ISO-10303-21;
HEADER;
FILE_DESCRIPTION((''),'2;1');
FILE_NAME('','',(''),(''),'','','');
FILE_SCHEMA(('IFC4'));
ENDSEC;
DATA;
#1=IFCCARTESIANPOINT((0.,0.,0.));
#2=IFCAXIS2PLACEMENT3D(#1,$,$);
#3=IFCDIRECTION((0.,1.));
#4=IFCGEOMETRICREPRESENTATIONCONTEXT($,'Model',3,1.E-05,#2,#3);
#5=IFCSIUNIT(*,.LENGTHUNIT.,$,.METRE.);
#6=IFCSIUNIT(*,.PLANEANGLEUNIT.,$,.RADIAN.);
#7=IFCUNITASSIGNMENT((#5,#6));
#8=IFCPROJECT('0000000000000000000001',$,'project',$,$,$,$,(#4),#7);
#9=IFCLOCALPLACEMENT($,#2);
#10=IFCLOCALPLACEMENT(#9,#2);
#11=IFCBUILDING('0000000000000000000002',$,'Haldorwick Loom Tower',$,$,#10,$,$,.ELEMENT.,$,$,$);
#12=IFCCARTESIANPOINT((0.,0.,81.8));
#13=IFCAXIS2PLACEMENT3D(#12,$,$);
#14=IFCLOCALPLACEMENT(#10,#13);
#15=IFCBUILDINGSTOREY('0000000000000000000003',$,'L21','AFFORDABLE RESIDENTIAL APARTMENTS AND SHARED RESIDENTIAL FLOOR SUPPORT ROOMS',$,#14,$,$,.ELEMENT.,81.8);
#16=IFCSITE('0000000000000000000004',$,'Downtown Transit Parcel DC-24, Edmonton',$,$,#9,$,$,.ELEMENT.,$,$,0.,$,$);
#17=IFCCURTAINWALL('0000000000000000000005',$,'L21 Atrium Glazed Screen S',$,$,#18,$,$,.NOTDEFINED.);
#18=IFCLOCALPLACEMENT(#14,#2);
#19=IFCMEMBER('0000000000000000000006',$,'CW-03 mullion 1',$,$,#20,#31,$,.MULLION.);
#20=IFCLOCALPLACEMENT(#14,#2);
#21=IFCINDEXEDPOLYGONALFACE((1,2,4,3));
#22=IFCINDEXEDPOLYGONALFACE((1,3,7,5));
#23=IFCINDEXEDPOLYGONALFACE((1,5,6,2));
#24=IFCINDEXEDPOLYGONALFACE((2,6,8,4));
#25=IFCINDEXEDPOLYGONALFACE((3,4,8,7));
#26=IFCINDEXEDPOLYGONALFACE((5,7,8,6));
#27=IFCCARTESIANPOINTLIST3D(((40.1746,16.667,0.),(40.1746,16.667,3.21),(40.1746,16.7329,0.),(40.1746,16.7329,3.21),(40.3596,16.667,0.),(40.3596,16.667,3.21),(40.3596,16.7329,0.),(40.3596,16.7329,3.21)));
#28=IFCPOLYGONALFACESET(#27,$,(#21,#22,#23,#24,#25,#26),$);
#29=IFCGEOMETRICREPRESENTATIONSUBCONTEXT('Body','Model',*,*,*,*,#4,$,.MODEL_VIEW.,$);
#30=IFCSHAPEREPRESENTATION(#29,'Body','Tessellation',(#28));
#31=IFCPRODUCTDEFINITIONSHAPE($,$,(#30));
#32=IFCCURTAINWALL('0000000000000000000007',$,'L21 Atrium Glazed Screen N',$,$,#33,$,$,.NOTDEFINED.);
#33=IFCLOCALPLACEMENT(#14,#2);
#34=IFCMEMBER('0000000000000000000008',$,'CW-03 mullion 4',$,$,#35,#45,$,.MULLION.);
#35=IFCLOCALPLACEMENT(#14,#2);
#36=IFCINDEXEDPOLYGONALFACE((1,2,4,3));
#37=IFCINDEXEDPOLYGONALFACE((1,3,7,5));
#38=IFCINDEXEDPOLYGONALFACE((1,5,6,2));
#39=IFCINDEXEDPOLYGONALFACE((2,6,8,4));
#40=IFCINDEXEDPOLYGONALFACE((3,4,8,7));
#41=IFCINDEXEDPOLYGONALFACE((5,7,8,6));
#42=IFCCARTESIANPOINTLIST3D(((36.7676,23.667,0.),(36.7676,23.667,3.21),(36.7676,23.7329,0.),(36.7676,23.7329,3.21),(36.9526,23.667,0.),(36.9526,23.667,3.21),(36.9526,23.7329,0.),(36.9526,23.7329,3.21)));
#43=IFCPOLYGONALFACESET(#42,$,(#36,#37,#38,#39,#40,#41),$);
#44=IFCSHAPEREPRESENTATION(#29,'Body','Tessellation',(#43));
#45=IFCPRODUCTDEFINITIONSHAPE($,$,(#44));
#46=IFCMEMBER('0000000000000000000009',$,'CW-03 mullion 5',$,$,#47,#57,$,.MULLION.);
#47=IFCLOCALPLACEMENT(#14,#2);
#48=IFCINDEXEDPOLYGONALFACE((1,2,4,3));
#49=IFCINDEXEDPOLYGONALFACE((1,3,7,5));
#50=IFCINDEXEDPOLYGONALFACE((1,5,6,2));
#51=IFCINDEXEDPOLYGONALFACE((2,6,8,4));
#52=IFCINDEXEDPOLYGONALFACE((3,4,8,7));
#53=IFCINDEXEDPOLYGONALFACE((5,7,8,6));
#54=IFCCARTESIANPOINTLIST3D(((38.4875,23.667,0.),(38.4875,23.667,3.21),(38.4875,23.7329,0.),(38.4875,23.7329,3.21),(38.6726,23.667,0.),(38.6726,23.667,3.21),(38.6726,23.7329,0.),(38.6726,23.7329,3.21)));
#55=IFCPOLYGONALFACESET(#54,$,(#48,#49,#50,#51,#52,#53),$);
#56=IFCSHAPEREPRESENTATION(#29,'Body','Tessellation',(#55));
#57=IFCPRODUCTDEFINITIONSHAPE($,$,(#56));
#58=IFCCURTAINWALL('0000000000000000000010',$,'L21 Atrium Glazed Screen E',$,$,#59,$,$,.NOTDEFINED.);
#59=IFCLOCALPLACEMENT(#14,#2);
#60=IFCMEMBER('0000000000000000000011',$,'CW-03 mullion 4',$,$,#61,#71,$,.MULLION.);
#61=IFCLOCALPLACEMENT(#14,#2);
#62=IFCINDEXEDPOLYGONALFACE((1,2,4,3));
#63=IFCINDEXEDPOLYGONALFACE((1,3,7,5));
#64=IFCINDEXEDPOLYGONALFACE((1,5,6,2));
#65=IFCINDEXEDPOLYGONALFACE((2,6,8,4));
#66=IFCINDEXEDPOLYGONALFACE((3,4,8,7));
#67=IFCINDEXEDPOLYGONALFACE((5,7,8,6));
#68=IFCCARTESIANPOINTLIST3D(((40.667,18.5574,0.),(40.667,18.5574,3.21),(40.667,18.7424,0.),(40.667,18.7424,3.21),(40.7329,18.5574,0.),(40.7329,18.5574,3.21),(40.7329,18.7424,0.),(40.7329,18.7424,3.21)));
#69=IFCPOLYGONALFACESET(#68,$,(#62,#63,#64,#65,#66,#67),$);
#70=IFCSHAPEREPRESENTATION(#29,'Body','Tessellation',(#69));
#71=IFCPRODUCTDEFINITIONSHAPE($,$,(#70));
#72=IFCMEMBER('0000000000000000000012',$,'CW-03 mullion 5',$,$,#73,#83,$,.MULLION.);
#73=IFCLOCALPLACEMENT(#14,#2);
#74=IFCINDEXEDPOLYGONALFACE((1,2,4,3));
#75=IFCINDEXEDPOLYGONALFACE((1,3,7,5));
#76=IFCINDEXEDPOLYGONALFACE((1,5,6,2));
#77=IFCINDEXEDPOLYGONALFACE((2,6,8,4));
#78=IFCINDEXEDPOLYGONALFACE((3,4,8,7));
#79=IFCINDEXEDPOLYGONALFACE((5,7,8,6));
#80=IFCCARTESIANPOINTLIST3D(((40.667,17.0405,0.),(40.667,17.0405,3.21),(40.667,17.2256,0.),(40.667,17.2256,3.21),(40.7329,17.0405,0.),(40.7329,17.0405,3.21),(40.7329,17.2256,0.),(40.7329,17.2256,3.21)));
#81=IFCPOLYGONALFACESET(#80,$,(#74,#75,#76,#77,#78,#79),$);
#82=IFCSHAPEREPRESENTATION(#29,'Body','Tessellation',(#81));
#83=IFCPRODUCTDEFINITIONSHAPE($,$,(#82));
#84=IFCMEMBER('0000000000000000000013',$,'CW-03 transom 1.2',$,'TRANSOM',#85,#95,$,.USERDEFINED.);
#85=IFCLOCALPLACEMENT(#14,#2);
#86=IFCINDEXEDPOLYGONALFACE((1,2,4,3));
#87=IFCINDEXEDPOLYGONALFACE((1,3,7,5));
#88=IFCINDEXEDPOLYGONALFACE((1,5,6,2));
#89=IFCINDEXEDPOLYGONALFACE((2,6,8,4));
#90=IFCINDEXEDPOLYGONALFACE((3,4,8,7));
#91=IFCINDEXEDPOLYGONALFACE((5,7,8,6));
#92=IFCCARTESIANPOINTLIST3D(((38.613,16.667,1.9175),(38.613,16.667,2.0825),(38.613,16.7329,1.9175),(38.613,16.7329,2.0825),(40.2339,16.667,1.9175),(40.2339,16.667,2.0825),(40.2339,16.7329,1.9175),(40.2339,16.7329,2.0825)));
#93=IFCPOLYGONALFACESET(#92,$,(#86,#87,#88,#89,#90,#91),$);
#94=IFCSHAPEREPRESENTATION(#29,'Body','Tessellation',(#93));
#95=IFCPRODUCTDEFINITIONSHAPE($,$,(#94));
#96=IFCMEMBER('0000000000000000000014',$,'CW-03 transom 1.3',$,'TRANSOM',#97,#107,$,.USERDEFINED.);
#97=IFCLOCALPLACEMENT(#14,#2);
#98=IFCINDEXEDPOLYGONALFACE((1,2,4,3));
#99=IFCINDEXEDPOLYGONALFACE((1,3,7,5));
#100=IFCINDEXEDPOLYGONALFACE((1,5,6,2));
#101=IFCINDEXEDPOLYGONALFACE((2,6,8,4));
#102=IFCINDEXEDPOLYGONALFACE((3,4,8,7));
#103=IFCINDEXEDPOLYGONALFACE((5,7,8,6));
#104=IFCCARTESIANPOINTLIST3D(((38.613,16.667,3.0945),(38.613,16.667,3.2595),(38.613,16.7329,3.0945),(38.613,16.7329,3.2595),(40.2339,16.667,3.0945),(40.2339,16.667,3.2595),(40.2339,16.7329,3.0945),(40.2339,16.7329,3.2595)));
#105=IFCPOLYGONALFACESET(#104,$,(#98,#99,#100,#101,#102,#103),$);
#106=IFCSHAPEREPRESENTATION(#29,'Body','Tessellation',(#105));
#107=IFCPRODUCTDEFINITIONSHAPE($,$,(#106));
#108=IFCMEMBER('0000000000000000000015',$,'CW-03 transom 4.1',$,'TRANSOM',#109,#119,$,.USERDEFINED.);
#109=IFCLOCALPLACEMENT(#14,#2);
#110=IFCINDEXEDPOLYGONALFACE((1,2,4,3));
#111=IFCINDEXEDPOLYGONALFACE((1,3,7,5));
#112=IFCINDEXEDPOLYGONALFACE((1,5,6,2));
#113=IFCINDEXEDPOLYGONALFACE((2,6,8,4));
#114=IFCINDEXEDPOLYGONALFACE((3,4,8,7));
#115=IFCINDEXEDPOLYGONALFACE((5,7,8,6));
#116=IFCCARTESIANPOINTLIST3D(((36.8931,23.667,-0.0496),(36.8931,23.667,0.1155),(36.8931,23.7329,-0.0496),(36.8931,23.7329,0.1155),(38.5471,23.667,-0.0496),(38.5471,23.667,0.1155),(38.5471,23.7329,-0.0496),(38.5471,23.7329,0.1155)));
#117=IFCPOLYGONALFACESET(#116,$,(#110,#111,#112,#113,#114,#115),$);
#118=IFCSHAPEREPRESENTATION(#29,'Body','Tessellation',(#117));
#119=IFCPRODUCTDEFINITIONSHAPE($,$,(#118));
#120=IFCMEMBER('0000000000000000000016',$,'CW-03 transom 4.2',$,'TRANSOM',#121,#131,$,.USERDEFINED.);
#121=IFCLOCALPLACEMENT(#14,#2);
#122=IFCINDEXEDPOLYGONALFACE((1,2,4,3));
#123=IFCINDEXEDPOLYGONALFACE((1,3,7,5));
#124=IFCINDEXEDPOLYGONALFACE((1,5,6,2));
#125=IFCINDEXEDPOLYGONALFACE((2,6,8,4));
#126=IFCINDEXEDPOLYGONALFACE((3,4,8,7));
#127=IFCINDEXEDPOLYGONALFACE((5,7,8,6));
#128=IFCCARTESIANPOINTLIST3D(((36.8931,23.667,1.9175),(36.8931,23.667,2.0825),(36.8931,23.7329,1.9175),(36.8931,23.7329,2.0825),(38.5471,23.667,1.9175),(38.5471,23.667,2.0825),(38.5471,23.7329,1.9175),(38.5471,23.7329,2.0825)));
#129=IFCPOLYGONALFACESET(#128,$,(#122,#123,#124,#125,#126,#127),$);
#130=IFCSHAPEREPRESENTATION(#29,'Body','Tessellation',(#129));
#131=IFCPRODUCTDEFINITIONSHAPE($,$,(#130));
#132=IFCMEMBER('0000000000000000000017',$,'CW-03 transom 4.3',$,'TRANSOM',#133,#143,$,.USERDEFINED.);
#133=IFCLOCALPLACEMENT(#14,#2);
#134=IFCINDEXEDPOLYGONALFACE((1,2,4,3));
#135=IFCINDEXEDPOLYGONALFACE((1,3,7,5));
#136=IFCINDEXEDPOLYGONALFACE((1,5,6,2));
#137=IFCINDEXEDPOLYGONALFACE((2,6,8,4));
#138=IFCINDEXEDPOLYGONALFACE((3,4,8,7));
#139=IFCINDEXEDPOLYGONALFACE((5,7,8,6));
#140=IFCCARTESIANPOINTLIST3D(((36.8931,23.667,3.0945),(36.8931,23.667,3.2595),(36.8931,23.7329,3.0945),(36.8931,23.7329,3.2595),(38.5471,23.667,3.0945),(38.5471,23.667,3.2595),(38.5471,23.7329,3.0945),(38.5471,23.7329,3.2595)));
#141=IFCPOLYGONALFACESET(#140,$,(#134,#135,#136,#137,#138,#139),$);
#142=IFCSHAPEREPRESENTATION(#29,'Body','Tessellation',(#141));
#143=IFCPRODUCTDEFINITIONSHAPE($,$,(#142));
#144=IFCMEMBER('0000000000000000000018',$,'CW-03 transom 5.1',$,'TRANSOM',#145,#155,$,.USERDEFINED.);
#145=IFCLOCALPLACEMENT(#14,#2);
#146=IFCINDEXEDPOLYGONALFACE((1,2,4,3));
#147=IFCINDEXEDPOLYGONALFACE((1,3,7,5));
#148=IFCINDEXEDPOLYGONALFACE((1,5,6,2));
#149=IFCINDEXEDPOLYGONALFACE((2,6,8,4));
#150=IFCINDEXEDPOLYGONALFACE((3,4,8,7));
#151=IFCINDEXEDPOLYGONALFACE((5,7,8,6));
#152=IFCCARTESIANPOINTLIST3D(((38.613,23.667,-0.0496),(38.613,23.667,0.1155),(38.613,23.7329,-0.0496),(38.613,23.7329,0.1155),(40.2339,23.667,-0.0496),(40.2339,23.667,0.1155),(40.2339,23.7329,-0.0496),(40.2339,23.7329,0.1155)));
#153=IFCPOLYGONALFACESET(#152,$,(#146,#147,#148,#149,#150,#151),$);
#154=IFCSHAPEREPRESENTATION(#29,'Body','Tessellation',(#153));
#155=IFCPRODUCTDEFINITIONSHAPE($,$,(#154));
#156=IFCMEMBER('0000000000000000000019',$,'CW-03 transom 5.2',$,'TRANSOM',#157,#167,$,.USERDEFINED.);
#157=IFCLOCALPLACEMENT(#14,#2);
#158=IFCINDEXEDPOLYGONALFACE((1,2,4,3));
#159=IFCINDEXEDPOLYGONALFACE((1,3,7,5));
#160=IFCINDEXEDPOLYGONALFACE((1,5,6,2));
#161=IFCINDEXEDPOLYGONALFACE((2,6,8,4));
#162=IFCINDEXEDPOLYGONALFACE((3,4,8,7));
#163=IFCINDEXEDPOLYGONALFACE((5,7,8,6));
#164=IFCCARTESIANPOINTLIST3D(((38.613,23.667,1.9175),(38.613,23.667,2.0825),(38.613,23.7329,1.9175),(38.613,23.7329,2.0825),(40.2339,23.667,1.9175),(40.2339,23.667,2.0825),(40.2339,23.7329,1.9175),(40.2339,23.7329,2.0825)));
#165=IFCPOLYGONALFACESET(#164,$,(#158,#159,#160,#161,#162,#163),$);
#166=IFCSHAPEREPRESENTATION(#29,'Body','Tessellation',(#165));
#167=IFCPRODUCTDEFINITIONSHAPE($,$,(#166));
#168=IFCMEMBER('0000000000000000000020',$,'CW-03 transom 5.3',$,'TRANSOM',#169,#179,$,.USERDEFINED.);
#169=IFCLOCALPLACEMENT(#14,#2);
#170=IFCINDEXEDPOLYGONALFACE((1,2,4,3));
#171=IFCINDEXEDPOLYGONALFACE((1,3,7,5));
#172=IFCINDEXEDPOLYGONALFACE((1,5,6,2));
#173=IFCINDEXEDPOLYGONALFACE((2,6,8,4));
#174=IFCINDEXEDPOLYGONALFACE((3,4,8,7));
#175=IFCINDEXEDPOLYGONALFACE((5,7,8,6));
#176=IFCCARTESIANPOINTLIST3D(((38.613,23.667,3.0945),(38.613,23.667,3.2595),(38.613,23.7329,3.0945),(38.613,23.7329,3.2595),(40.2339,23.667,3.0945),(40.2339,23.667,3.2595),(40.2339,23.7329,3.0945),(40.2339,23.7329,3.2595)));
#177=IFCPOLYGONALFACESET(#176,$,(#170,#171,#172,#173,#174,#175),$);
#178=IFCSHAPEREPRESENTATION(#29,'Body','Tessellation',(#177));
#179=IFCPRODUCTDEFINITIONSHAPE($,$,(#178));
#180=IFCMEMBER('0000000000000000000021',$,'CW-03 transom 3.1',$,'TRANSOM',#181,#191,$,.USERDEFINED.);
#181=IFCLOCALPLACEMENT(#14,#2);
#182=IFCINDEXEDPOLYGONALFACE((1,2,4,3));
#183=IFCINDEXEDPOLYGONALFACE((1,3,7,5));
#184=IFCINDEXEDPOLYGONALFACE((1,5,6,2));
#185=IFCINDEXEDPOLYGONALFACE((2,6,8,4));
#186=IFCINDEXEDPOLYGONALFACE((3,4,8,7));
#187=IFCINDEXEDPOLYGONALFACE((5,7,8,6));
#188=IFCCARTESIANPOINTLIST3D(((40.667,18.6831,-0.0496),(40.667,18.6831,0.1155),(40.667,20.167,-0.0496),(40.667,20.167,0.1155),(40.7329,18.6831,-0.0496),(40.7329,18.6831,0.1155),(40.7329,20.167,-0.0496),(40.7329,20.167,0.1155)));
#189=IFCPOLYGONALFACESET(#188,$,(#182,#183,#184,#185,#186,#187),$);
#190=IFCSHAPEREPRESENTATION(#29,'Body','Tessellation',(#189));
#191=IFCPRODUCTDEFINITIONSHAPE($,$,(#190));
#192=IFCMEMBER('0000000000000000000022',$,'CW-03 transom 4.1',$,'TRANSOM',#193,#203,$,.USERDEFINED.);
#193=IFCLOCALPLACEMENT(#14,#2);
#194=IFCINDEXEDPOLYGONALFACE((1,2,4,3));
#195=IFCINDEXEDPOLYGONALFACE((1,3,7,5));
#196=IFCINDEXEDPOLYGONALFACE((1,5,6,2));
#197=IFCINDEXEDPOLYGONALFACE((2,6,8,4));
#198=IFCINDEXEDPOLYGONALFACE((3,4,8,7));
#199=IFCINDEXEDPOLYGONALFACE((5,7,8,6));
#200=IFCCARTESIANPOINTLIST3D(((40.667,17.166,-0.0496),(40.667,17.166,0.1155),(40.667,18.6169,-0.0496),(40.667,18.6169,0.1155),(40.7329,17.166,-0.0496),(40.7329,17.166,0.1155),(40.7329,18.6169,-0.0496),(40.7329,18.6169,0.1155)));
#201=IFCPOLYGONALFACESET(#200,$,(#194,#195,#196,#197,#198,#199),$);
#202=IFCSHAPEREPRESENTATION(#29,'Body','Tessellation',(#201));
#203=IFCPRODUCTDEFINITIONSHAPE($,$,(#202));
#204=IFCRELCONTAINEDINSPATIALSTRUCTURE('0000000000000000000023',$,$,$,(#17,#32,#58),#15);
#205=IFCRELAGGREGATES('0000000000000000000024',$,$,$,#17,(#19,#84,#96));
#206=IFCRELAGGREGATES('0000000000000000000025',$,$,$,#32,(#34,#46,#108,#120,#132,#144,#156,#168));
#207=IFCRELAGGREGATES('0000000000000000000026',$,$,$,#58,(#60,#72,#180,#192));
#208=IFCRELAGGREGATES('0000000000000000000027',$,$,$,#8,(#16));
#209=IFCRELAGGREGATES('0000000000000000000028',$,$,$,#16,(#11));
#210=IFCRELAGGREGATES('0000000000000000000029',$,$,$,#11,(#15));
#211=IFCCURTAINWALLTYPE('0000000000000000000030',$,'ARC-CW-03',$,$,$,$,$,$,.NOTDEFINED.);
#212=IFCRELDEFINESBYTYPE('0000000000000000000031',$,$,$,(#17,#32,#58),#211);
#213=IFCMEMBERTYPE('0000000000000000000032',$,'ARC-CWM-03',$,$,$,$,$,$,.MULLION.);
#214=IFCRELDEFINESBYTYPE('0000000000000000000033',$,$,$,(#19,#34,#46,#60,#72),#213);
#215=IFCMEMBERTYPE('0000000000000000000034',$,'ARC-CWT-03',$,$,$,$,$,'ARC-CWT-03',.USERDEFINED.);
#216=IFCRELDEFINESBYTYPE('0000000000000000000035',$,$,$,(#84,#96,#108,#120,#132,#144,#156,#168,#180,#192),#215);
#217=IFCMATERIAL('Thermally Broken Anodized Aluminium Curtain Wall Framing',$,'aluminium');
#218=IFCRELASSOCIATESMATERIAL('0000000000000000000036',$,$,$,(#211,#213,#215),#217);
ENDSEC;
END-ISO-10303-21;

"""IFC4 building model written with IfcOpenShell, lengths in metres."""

from ifc_helpers import new_model, si_unit, direction, frame, origin, origin_2d, place, context, subcontext, project, spatial, rectangle, extrude, material, material_profile, profile_set, type_object, element, aggregate, save


model = new_model("IFC4")

# Units and contexts
model_context = context("Model", 3, precision=1e-05, world=origin(), true_north=direction((0.0, 1.0)))
body_context = subcontext(model_context, "Body", "Model", "MODEL_VIEW")
ifc_project = project(units=[si_unit("LENGTHUNIT", "METRE"), si_unit("PLANEANGLEUNIT", "RADIAN")], contexts=[model_context])

# Site, building, storey
site_placement = place(None, origin())
site = spatial("IfcSite", under=ifc_project, at=site_placement, Name="Downtown Transit Parcel DC-24, Edmonton", CompositionType="ELEMENT", RefElevation=0.0)
building_placement = place(site_placement, origin())
building = spatial("IfcBuilding", under=site, at=building_placement, Name="Haldorwick Loom Tower", CompositionType="ELEMENT")
storey_placement = place(building_placement, frame((0.0, 0.0, 81.8)))
storey = spatial("IfcBuildingStorey", under=building, at=storey_placement, Name="L21", Description="AFFORDABLE RESIDENTIAL APARTMENTS AND SHARED RESIDENTIAL FLOOR SUPPORT ROOMS", CompositionType="ELEMENT", Elevation=81.8)

# Curtain wall, member
ifc_material_1 = material(Name="Thermally Broken Anodized Aluminium Curtain Wall Framing", Category="aluminium")
curtain_wall_type = type_object("IfcCurtainWallType", Name="ARC-CW-03", PredefinedType="NOTDEFINED", material=ifc_material_1)
curtain_wall_1_placement = place(storey_placement, origin())
curtain_wall_1 = element("IfcCurtainWall", 1, at=curtain_wall_1_placement, inside=storey, type_object=curtain_wall_type, Name="L21 Atrium Glazed Screen S", PredefinedType="NOTDEFINED")
ifc_material_profile_1 = material_profile(ifc_material_1, rectangle(XDim=0.0659, YDim=0.1851, at=origin_2d()), Name="ALU_MUL_66X185", Category="aluminium")
ifc_profile_set_1 = profile_set([ifc_material_profile_1], Name="Thermally Broken Anodized Aluminium Curtain Wall Framing")
member_type_1 = type_object("IfcMemberType", Name="ARC-CWM-03", PredefinedType="MULLION", material=ifc_profile_set_1)
member_1_placement = place(storey_placement, frame((40.2671, 16.7, 0.0), z_axis=(0.0, 0.0, 1.0), x_axis=(0.0, -1.0, 0.0)))
member_1 = element("IfcMember", 2, at=member_1_placement, type_object=member_type_1, Name="CW-03 mullion 1", PredefinedType="MULLION", context=body_context, shape_type="SweptSolid", body=[
    extrude(rectangle(XDim=0.0659, YDim=0.1851, at=origin_2d()), origin(), (0.0, 0.0, 1.0), 3.21),
])

# Curtain walls, members
curtain_wall_2_placement = place(storey_placement, origin())
curtain_wall_2 = element("IfcCurtainWall", 3, at=curtain_wall_2_placement, inside=storey, type_object=curtain_wall_type, Name="L21 Atrium Glazed Screen N", PredefinedType="NOTDEFINED")
member_2_placement = place(storey_placement, frame((36.8601, 23.7, 0.0), z_axis=(0.0, 0.0, 1.0), x_axis=(0.0, 1.0, 0.0)))
member_2 = element("IfcMember", 4, at=member_2_placement, type_object=member_type_1, Name="CW-03 mullion 4", PredefinedType="MULLION", context=body_context, shape_type="SweptSolid", body=[
    extrude(rectangle(XDim=0.0659, YDim=0.1851, at=origin_2d()), origin(), (0.0, 0.0, 1.0), 3.21),
])
member_3_placement = place(storey_placement, frame((38.5801, 23.7, 0.0), z_axis=(0.0, 0.0, 1.0), x_axis=(0.0, 1.0, 0.0)))
member_3 = element("IfcMember", 5, at=member_3_placement, type_object=member_type_1, Name="CW-03 mullion 5", PredefinedType="MULLION", context=body_context, shape_type="SweptSolid", body=[
    extrude(rectangle(XDim=0.0659, YDim=0.1851, at=origin_2d()), origin(), (0.0, 0.0, 1.0), 3.21),
])
curtain_wall_3_placement = place(storey_placement, origin())
curtain_wall_3 = element("IfcCurtainWall", 6, at=curtain_wall_3_placement, inside=storey, type_object=curtain_wall_type, Name="L21 Atrium Glazed Screen E", PredefinedType="NOTDEFINED")
member_4_placement = place(storey_placement, frame((40.7, 18.6499, 0.0), z_axis=(0.0, 0.0, 1.0), x_axis=(1.0, 0.0, 0.0)))
member_4 = element("IfcMember", 7, at=member_4_placement, type_object=member_type_1, Name="CW-03 mullion 4", PredefinedType="MULLION", context=body_context, shape_type="SweptSolid", body=[
    extrude(rectangle(XDim=0.0659, YDim=0.1851, at=origin_2d()), origin(), (0.0, 0.0, 1.0), 3.21),
])
member_5_placement = place(storey_placement, frame((40.7, 17.1331, 0.0), z_axis=(0.0, 0.0, 1.0), x_axis=(1.0, 0.0, 0.0)))
member_5 = element("IfcMember", 8, at=member_5_placement, type_object=member_type_1, Name="CW-03 mullion 5", PredefinedType="MULLION", context=body_context, shape_type="SweptSolid", body=[
    extrude(rectangle(XDim=0.0659, YDim=0.1851, at=origin_2d()), origin(), (0.0, 0.0, 1.0), 3.21),
])

# Members
ifc_material_profile_2 = material_profile(ifc_material_1, rectangle(XDim=0.0659, YDim=0.165, at=origin_2d()), Name="ALU_TRN_66X165", Category="aluminium")
ifc_profile_set_2 = profile_set([ifc_material_profile_2], Name="Thermally Broken Anodized Aluminium Curtain Wall Framing")
member_type_2 = type_object("IfcMemberType", Name="ARC-CWT-03", ElementType="ARC-CWT-03", PredefinedType="USERDEFINED", material=ifc_profile_set_2)
member_6_placement = place(storey_placement, frame((40.2339, 16.7, 2.0), z_axis=(-1.0, 0.0, 0.0), x_axis=(0.0, -1.0, 0.0)))
member_6 = element("IfcMember", 9, at=member_6_placement, type_object=member_type_2, Name="CW-03 transom 1.2", ObjectType="TRANSOM", PredefinedType="USERDEFINED", context=body_context, shape_type="SweptSolid", body=[
    extrude(rectangle(XDim=0.0659, YDim=0.165, at=origin_2d()), origin(), (0.0, 0.0, 1.0), 1.6208),
])
member_7_placement = place(storey_placement, frame((40.2339, 16.7, 3.177), z_axis=(-1.0, 0.0, 0.0), x_axis=(0.0, -1.0, 0.0)))
member_7 = element("IfcMember", 10, at=member_7_placement, type_object=member_type_2, Name="CW-03 transom 1.3", ObjectType="TRANSOM", PredefinedType="USERDEFINED", context=body_context, shape_type="SweptSolid", body=[
    extrude(rectangle(XDim=0.0659, YDim=0.165, at=origin_2d()), origin(), (0.0, 0.0, 1.0), 1.6208),
])
aggregate(curtain_wall_1, [member_1, member_6, member_7])
member_8_placement = place(storey_placement, frame((36.8931, 23.7, 0.033), z_axis=(1.0, 0.0, 0.0), x_axis=(0.0, 1.0, 0.0)))
member_8 = element("IfcMember", 11, at=member_8_placement, type_object=member_type_2, Name="CW-03 transom 4.1", ObjectType="TRANSOM", PredefinedType="USERDEFINED", context=body_context, shape_type="SweptSolid", body=[
    extrude(rectangle(XDim=0.0659, YDim=0.165, at=origin_2d()), origin(), (0.0, 0.0, 1.0), 1.6541),
])
member_9_placement = place(storey_placement, frame((36.8931, 23.7, 2.0), z_axis=(1.0, 0.0, 0.0), x_axis=(0.0, 1.0, 0.0)))
member_9 = element("IfcMember", 12, at=member_9_placement, type_object=member_type_2, Name="CW-03 transom 4.2", ObjectType="TRANSOM", PredefinedType="USERDEFINED", context=body_context, shape_type="SweptSolid", body=[
    extrude(rectangle(XDim=0.0659, YDim=0.165, at=origin_2d()), origin(), (0.0, 0.0, 1.0), 1.6541),
])
member_10_placement = place(storey_placement, frame((36.8931, 23.7, 3.177), z_axis=(1.0, 0.0, 0.0), x_axis=(0.0, 1.0, 0.0)))
member_10 = element("IfcMember", 13, at=member_10_placement, type_object=member_type_2, Name="CW-03 transom 4.3", ObjectType="TRANSOM", PredefinedType="USERDEFINED", context=body_context, shape_type="SweptSolid", body=[
    extrude(rectangle(XDim=0.0659, YDim=0.165, at=origin_2d()), origin(), (0.0, 0.0, 1.0), 1.6541),
])
member_11_placement = place(storey_placement, frame((38.613, 23.7, 0.033), z_axis=(1.0, 0.0, 0.0), x_axis=(0.0, 1.0, 0.0)))
member_11 = element("IfcMember", 14, at=member_11_placement, type_object=member_type_2, Name="CW-03 transom 5.1", ObjectType="TRANSOM", PredefinedType="USERDEFINED", context=body_context, shape_type="SweptSolid", body=[
    extrude(rectangle(XDim=0.0659, YDim=0.165, at=origin_2d()), origin(), (0.0, 0.0, 1.0), 1.6208),
])
member_12_placement = place(storey_placement, frame((38.613, 23.7, 2.0), z_axis=(1.0, 0.0, 0.0), x_axis=(0.0, 1.0, 0.0)))
member_12 = element("IfcMember", 15, at=member_12_placement, type_object=member_type_2, Name="CW-03 transom 5.2", ObjectType="TRANSOM", PredefinedType="USERDEFINED", context=body_context, shape_type="SweptSolid", body=[
    extrude(rectangle(XDim=0.0659, YDim=0.165, at=origin_2d()), origin(), (0.0, 0.0, 1.0), 1.6208),
])
member_13_placement = place(storey_placement, frame((38.613, 23.7, 3.177), z_axis=(1.0, 0.0, 0.0), x_axis=(0.0, 1.0, 0.0)))
member_13 = element("IfcMember", 16, at=member_13_placement, type_object=member_type_2, Name="CW-03 transom 5.3", ObjectType="TRANSOM", PredefinedType="USERDEFINED", context=body_context, shape_type="SweptSolid", body=[
    extrude(rectangle(XDim=0.0659, YDim=0.165, at=origin_2d()), origin(), (0.0, 0.0, 1.0), 1.6208),
])
member_14_placement = place(storey_placement, frame((40.7, 20.167, 0.033), z_axis=(0.0, -1.0, 0.0), x_axis=(1.0, 0.0, 0.0)))
member_14 = element("IfcMember", 17, at=member_14_placement, type_object=member_type_2, Name="CW-03 transom 3.1", ObjectType="TRANSOM", PredefinedType="USERDEFINED", context=body_context, shape_type="SweptSolid", body=[
    extrude(rectangle(XDim=0.0659, YDim=0.165, at=origin_2d()), origin(), (0.0, 0.0, 1.0), 1.4839),
])
member_15_placement = place(storey_placement, frame((40.7, 18.6169, 0.033), z_axis=(0.0, -1.0, 0.0), x_axis=(1.0, 0.0, 0.0)))
member_15 = element("IfcMember", 18, at=member_15_placement, type_object=member_type_2, Name="CW-03 transom 4.1", ObjectType="TRANSOM", PredefinedType="USERDEFINED", context=body_context, shape_type="SweptSolid", body=[
    extrude(rectangle(XDim=0.0659, YDim=0.165, at=origin_2d()), origin(), (0.0, 0.0, 1.0), 1.4509),
])

aggregate(curtain_wall_2, [member_2, member_3, member_8, member_9, member_10, member_11, member_12, member_13])
aggregate(curtain_wall_3, [member_4, member_5, member_14, member_15])

save(model, "model.ifc")
